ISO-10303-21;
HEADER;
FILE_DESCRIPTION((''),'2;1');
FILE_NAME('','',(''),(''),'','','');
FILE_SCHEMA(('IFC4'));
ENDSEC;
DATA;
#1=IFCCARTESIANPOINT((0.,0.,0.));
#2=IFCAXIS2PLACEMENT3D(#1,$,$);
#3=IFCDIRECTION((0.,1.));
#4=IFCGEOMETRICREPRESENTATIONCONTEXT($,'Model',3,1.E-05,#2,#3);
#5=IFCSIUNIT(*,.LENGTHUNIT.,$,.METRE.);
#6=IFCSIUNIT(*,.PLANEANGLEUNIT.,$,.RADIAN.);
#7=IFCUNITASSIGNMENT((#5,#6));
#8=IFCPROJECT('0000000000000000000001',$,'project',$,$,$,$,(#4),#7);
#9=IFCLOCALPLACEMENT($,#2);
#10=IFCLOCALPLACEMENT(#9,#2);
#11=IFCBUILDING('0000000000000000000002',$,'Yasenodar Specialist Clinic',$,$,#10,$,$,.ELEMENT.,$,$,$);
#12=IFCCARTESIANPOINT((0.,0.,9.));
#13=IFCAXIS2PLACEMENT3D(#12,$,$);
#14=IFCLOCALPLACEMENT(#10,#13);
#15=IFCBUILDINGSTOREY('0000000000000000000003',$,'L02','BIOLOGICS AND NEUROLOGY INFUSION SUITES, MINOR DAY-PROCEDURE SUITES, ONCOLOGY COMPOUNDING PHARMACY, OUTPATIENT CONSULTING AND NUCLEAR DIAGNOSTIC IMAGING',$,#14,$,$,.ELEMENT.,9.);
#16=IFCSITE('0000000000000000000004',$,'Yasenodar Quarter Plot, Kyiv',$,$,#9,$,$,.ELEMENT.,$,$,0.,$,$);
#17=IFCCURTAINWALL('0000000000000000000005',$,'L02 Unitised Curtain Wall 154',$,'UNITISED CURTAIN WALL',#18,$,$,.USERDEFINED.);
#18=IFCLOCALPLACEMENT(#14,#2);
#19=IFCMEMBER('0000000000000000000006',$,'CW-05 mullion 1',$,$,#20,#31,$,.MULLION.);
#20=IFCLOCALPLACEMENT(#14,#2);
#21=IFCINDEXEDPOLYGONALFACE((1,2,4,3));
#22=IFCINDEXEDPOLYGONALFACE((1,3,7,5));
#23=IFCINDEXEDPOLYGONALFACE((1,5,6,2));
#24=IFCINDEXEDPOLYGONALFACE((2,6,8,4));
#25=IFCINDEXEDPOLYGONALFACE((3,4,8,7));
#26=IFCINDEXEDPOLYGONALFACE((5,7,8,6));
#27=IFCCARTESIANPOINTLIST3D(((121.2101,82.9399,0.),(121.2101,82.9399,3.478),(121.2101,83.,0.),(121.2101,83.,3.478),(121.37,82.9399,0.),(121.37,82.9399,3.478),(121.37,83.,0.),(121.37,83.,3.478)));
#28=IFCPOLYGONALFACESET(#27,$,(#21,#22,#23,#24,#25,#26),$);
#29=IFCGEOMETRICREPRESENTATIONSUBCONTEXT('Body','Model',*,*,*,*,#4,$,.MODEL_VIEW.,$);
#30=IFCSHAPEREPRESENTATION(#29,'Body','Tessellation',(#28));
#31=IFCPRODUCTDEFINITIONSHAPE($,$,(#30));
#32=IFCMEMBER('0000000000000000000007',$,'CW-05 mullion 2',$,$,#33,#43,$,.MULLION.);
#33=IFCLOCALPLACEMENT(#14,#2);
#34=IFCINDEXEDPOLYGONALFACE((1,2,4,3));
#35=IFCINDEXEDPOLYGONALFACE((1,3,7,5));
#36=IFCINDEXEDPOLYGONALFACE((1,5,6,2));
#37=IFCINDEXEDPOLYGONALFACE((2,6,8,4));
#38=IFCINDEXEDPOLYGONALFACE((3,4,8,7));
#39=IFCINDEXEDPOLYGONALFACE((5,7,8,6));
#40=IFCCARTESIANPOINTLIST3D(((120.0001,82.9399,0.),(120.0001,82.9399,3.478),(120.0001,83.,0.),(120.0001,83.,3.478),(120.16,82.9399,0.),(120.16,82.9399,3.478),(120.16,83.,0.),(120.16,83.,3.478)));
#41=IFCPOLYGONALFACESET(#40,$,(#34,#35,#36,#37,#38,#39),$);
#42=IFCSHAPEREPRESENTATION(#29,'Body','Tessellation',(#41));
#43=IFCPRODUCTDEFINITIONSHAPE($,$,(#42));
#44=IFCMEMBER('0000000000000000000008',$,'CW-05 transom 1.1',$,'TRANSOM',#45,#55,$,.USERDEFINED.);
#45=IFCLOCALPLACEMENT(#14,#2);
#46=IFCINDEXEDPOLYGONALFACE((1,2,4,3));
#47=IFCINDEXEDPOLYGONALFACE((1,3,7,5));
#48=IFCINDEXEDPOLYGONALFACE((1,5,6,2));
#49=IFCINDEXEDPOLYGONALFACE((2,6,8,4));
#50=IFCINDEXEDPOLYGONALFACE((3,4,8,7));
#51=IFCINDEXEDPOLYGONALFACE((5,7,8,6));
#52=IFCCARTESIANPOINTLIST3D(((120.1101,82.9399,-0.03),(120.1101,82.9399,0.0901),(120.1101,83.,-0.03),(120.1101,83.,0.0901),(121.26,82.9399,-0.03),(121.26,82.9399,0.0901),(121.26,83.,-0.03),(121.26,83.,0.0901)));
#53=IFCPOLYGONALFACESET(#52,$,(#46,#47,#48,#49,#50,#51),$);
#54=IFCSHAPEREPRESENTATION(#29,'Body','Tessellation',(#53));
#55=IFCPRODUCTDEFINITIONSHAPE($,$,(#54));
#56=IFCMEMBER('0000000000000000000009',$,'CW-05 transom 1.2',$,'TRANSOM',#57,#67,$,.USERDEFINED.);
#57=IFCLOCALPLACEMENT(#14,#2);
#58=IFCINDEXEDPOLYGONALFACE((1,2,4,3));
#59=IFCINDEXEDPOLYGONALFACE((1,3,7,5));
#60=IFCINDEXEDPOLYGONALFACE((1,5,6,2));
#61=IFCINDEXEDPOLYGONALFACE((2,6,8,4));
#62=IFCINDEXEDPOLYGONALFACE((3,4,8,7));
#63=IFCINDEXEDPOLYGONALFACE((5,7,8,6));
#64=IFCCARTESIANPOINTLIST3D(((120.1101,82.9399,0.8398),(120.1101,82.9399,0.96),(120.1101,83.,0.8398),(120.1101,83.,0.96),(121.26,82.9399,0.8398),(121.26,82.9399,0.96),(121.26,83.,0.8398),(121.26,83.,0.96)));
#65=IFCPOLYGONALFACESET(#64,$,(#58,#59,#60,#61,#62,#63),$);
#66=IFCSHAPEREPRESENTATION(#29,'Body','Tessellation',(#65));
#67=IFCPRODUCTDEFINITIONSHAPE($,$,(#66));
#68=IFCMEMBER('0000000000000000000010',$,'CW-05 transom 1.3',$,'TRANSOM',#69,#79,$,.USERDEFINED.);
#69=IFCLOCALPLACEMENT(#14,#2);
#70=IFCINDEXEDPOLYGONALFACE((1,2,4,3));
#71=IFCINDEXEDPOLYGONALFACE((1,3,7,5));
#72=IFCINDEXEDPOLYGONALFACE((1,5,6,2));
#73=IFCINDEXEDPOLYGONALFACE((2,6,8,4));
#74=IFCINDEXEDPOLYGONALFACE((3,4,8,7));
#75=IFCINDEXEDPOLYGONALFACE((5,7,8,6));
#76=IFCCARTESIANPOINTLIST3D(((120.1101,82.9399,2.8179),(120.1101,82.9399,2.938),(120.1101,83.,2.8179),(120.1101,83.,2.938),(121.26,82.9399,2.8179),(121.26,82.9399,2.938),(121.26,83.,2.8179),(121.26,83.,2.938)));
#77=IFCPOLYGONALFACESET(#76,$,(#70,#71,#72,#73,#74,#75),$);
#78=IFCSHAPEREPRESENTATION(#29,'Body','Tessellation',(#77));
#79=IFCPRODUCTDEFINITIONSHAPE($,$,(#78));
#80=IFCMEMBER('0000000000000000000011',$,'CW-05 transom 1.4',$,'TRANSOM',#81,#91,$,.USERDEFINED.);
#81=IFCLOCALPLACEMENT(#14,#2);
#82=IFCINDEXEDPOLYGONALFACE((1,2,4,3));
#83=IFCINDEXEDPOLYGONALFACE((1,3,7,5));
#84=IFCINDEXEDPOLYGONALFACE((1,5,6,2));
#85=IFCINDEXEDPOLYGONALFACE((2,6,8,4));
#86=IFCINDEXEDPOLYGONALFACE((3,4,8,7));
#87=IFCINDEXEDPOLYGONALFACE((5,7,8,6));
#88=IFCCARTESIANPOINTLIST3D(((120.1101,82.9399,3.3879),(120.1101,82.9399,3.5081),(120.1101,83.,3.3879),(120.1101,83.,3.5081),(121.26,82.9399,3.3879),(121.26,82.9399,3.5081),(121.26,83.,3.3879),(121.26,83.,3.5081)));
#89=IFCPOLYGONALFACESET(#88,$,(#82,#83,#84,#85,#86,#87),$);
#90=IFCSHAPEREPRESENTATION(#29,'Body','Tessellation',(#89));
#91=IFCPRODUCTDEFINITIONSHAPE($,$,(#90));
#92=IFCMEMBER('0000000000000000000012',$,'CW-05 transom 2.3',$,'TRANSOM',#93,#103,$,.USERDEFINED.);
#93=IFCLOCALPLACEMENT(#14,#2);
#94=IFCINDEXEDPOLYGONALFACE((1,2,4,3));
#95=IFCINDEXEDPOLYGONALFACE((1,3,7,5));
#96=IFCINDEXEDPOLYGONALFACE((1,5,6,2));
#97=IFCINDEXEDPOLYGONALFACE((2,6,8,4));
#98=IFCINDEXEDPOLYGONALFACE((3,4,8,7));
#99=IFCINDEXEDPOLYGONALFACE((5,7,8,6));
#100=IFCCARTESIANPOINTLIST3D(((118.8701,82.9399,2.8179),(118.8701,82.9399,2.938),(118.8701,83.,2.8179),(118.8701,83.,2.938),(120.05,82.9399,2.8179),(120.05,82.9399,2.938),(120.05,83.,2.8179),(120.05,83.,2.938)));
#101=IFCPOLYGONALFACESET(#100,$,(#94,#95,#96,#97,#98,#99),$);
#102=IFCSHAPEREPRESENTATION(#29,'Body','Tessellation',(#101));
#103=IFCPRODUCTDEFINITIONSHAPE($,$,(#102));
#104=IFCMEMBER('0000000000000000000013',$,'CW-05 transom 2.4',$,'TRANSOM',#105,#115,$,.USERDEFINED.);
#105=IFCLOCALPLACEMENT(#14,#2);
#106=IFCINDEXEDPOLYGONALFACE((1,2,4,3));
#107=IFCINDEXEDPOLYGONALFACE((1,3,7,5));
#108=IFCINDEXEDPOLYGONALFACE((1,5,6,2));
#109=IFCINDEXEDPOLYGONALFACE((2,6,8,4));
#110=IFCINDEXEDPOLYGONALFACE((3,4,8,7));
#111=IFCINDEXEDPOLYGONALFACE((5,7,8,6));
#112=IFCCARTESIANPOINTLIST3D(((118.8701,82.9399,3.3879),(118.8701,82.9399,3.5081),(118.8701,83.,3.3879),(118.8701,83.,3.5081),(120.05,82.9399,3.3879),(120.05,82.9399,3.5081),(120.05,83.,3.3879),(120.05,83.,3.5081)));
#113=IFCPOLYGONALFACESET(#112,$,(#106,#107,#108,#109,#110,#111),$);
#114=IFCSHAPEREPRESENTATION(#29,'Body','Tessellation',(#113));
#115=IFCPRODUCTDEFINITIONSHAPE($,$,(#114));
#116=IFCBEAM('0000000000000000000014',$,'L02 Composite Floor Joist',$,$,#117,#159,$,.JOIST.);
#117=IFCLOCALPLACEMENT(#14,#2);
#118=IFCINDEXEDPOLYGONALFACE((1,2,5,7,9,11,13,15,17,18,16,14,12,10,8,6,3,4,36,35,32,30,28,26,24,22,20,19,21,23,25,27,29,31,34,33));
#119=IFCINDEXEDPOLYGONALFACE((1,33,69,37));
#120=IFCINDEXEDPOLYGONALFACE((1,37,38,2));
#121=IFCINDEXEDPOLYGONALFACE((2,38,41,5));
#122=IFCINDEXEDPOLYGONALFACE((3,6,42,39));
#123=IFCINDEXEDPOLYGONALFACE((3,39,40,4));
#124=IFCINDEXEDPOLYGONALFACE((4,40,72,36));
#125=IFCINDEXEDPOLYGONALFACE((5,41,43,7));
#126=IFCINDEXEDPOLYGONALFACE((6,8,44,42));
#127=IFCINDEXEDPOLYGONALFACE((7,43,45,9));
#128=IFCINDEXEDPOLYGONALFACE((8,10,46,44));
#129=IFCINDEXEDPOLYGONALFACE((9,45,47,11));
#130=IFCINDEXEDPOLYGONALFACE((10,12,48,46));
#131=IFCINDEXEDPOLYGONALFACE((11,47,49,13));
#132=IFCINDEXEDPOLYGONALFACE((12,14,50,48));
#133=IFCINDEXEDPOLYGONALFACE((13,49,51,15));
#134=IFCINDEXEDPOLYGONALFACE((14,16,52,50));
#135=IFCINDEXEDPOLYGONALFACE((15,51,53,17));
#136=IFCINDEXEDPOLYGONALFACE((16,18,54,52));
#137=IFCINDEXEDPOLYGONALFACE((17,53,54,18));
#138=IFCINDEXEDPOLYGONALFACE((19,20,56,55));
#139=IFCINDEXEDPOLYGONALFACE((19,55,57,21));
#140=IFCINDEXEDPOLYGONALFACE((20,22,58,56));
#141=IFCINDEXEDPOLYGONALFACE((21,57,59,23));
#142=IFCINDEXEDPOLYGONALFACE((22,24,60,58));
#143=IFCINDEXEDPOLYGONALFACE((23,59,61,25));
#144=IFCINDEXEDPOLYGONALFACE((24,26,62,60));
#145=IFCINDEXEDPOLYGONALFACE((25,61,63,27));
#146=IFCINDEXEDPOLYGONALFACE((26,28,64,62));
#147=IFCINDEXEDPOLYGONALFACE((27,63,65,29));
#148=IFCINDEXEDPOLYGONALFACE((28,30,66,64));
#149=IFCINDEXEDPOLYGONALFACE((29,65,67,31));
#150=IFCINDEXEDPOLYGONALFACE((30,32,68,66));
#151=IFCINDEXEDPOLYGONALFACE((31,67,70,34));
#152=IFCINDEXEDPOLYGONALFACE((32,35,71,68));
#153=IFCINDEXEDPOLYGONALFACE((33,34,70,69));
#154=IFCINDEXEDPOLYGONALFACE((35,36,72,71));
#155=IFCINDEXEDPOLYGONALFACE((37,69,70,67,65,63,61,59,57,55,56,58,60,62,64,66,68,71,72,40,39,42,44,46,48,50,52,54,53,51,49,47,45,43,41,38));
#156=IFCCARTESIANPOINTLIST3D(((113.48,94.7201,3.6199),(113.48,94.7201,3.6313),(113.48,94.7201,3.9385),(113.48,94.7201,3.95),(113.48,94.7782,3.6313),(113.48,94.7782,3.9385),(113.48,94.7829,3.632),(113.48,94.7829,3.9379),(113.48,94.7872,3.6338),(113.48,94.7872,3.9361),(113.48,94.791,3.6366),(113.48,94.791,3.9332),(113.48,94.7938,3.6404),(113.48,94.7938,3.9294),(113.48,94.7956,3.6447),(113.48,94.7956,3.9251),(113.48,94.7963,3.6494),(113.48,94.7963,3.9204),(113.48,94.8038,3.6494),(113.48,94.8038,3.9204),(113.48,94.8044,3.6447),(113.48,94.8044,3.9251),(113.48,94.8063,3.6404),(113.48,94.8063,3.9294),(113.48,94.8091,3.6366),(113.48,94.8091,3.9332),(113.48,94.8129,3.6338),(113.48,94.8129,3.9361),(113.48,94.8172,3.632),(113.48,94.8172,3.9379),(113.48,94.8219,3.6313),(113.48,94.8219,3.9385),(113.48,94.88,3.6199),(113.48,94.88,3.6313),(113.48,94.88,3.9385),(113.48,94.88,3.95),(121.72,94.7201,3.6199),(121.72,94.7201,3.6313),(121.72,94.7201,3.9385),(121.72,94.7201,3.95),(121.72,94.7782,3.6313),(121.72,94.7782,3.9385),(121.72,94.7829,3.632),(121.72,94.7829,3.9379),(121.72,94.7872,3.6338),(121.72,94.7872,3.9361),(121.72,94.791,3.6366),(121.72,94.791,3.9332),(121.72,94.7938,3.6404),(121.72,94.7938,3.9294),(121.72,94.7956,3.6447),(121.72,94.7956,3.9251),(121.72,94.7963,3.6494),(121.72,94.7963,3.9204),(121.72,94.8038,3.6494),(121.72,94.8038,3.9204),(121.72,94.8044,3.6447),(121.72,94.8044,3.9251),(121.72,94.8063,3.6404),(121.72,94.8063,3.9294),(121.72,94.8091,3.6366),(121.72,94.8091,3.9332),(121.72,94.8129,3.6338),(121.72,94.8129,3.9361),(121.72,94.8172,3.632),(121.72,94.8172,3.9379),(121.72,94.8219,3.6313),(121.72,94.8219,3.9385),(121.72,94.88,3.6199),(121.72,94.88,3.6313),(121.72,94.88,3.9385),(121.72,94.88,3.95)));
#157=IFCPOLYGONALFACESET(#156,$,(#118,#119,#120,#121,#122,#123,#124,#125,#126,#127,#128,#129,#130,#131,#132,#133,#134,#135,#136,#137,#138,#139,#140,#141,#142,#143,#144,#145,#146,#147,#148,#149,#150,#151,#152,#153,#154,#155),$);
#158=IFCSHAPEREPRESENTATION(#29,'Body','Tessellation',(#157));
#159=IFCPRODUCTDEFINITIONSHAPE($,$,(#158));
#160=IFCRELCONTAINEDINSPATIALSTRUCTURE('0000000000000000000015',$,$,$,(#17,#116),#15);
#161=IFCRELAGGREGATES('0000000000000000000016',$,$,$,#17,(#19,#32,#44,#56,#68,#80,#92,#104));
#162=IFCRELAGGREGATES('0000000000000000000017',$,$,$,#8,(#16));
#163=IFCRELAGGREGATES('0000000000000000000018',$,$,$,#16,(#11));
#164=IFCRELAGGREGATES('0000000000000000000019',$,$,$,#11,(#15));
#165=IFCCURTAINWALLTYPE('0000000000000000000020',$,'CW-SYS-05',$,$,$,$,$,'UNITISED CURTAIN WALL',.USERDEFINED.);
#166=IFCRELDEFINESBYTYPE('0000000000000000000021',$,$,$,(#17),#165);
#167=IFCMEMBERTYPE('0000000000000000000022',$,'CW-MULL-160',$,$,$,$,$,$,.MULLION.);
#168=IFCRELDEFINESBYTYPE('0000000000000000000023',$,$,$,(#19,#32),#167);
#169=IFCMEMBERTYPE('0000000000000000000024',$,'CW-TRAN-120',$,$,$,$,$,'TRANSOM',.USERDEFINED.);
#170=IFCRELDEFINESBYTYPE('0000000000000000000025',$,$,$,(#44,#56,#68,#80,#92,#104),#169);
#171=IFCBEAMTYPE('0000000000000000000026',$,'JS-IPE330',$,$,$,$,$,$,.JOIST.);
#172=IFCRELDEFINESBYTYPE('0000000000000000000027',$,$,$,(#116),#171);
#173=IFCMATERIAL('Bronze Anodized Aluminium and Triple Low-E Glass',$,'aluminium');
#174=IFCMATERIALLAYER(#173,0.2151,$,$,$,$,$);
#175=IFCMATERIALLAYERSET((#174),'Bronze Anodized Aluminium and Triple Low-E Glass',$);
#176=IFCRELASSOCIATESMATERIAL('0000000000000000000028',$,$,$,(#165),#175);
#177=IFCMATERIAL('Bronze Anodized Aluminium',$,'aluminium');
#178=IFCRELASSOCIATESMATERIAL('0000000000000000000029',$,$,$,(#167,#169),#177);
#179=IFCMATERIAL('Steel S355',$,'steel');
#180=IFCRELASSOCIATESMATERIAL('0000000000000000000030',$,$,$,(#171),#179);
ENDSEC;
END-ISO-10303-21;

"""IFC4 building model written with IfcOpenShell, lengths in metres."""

from ifc_helpers import new_model, si_unit, direction, frame, origin, origin_2d, place, context, subcontext, project, spatial, rectangle, i_section, extrude, material, layer, layer_set, material_profile, profile_set, type_object, element, aggregate, save


model = new_model("IFC4")

# Units and contexts
model_context = context("Model", 3, precision=1e-05, world=origin(), true_north=direction((0.0, 1.0)))
body_context = subcontext(model_context, "Body", "Model", "MODEL_VIEW")
ifc_project = project(units=[si_unit("LENGTHUNIT", "METRE"), si_unit("PLANEANGLEUNIT", "RADIAN")], contexts=[model_context])

# Site, building, storey
site_placement = place(None, origin())
site = spatial("IfcSite", under=ifc_project, at=site_placement, Name="Yasenodar Quarter Plot, Kyiv", CompositionType="ELEMENT", RefElevation=0.0)
building_placement = place(site_placement, origin())
building = spatial("IfcBuilding", under=site, at=building_placement, Name="Yasenodar Specialist Clinic", CompositionType="ELEMENT")
storey_placement = place(building_placement, frame((0.0, 0.0, 9.0)))
storey = spatial("IfcBuildingStorey", under=building, at=storey_placement, Name="L02", Description="BIOLOGICS AND NEUROLOGY INFUSION SUITES, MINOR DAY-PROCEDURE SUITES, ONCOLOGY COMPOUNDING PHARMACY, OUTPATIENT CONSULTING AND NUCLEAR DIAGNOSTIC IMAGING", CompositionType="ELEMENT", Elevation=9.0)

# Shared definitions
ifc_material_1 = material(Name="Steel S355", Category="steel")

# Curtain wall, members
ifc_material_2 = material(Name="Bronze Anodized Aluminium and Triple Low-E Glass", Category="aluminium")
ifc_layer_1 = layer(ifc_material_2, 0.2151)
ifc_layer_set_1 = layer_set([ifc_layer_1], Name="Bronze Anodized Aluminium and Triple Low-E Glass")
curtain_wall_type = type_object("IfcCurtainWallType", Name="CW-SYS-05", ElementType="UNITISED CURTAIN WALL", PredefinedType="USERDEFINED", material=ifc_layer_set_1)
curtain_wall_placement = place(storey_placement, origin())
curtain_wall = element("IfcCurtainWall", 1, at=curtain_wall_placement, inside=storey, type_object=curtain_wall_type, Name="L02 Unitised Curtain Wall 154", ObjectType="UNITISED CURTAIN WALL", PredefinedType="USERDEFINED")
ifc_material_3 = material(Name="Bronze Anodized Aluminium", Category="aluminium")
ifc_material_profile_1 = material_profile(ifc_material_3, rectangle(XDim=0.0601, YDim=0.1599, at=origin_2d()), Name="CW-MULL 60x160")
ifc_profile_set_1 = profile_set([ifc_material_profile_1], Name="Bronze Anodized Aluminium")
member_type_1 = type_object("IfcMemberType", Name="CW-MULL-160", PredefinedType="MULLION", material=ifc_profile_set_1)
member_1_placement = place(storey_placement, frame((121.29, 82.97, 0.0), z_axis=(0.0, 0.0, 1.0), x_axis=(0.0, -1.0, 0.0)))
member_1 = element("IfcMember", 2, at=member_1_placement, type_object=member_type_1, Name="CW-05 mullion 1", PredefinedType="MULLION", context=body_context, shape_type="SweptSolid", body=[
    extrude(rectangle(XDim=0.0601, YDim=0.1599, at=origin_2d()), origin(), (0.0, 0.0, 1.0), 3.478),
])
member_2_placement = place(storey_placement, frame((120.0801, 82.97, 0.0), z_axis=(0.0, 0.0, 1.0), x_axis=(0.0, -1.0, 0.0)))
member_2 = element("IfcMember", 3, at=member_2_placement, type_object=member_type_1, Name="CW-05 mullion 2", PredefinedType="MULLION", context=body_context, shape_type="SweptSolid", body=[
    extrude(rectangle(XDim=0.0601, YDim=0.1599, at=origin_2d()), origin(), (0.0, 0.0, 1.0), 3.478),
])
ifc_material_profile_2 = material_profile(ifc_material_3, rectangle(XDim=0.0601, YDim=0.1201, at=origin_2d()), Name="CW-TRAN 60x120")
ifc_profile_set_2 = profile_set([ifc_material_profile_2], Name="Bronze Anodized Aluminium")
member_type_2 = type_object("IfcMemberType", Name="CW-TRAN-120", ElementType="TRANSOM", PredefinedType="USERDEFINED", material=ifc_profile_set_2)
member_3_placement = place(storey_placement, frame((121.26, 82.97, 0.03), z_axis=(-1.0, 0.0, 0.0), x_axis=(0.0, -1.0, 0.0)))
member_3 = element("IfcMember", 4, at=member_3_placement, type_object=member_type_2, Name="CW-05 transom 1.1", ObjectType="TRANSOM", PredefinedType="USERDEFINED", context=body_context, shape_type="SweptSolid", body=[
    extrude(rectangle(XDim=0.0601, YDim=0.1201, at=origin_2d()), origin(), (0.0, 0.0, 1.0), 1.1499),
])
member_4_placement = place(storey_placement, frame((121.26, 82.97, 0.8999), z_axis=(-1.0, 0.0, 0.0), x_axis=(0.0, -1.0, 0.0)))
member_4 = element("IfcMember", 5, at=member_4_placement, type_object=member_type_2, Name="CW-05 transom 1.2", ObjectType="TRANSOM", PredefinedType="USERDEFINED", context=body_context, shape_type="SweptSolid", body=[
    extrude(rectangle(XDim=0.0601, YDim=0.1201, at=origin_2d()), origin(), (0.0, 0.0, 1.0), 1.1499),
])
member_5_placement = place(storey_placement, frame((121.26, 82.97, 2.8779), z_axis=(-1.0, 0.0, 0.0), x_axis=(0.0, -1.0, 0.0)))
member_5 = element("IfcMember", 6, at=member_5_placement, type_object=member_type_2, Name="CW-05 transom 1.3", ObjectType="TRANSOM", PredefinedType="USERDEFINED", context=body_context, shape_type="SweptSolid", body=[
    extrude(rectangle(XDim=0.0601, YDim=0.1201, at=origin_2d()), origin(), (0.0, 0.0, 1.0), 1.1499),
])
member_6_placement = place(storey_placement, frame((121.26, 82.97, 3.448), z_axis=(-1.0, 0.0, 0.0), x_axis=(0.0, -1.0, 0.0)))
member_6 = element("IfcMember", 7, at=member_6_placement, type_object=member_type_2, Name="CW-05 transom 1.4", ObjectType="TRANSOM", PredefinedType="USERDEFINED", context=body_context, shape_type="SweptSolid", body=[
    extrude(rectangle(XDim=0.0601, YDim=0.1201, at=origin_2d()), origin(), (0.0, 0.0, 1.0), 1.1499),
])
member_7_placement = place(storey_placement, frame((120.05, 82.97, 2.8779), z_axis=(-1.0, 0.0, 0.0), x_axis=(0.0, -1.0, 0.0)))
member_7 = element("IfcMember", 8, at=member_7_placement, type_object=member_type_2, Name="CW-05 transom 2.3", ObjectType="TRANSOM", PredefinedType="USERDEFINED", context=body_context, shape_type="SweptSolid", body=[
    extrude(rectangle(XDim=0.0601, YDim=0.1201, at=origin_2d()), origin(), (0.0, 0.0, 1.0), 1.1799),
])
member_8_placement = place(storey_placement, frame((120.05, 82.97, 3.448), z_axis=(-1.0, 0.0, 0.0), x_axis=(0.0, -1.0, 0.0)))
member_8 = element("IfcMember", 9, at=member_8_placement, type_object=member_type_2, Name="CW-05 transom 2.4", ObjectType="TRANSOM", PredefinedType="USERDEFINED", context=body_context, shape_type="SweptSolid", body=[
    extrude(rectangle(XDim=0.0601, YDim=0.1201, at=origin_2d()), origin(), (0.0, 0.0, 1.0), 1.1799),
])

# Beam
ifc_material_profile_3 = material_profile(ifc_material_1, i_section(OverallWidth=0.1599, OverallDepth=0.3301, WebThickness=0.0076, FlangeThickness=0.0115, FilletRadius=0.0181, at=origin_2d()), Name="IPE 330")
ifc_profile_set_3 = profile_set([ifc_material_profile_3], Name="Steel S355")
beam_type_1 = type_object("IfcBeamType", Name="JS-IPE330", PredefinedType="JOIST", material=ifc_profile_set_3)
for number, where, z_axis, x_axis, name in (
    (10, (113.48, 94.8, 3.7849), (1.0, 0.0, 0.0), (0.0, 1.0, 0.0), "L02 Composite Floor Joist"),
):
    element("IfcBeam", number, at=place(storey_placement, frame(where, z_axis=z_axis, x_axis=x_axis)), inside=storey, type_object=beam_type_1, Name=name, PredefinedType="JOIST", context=body_context, shape_type="SweptSolid", body=[
        extrude(i_section(OverallWidth=0.1599, OverallDepth=0.3301, WebThickness=0.0076, FlangeThickness=0.0115, FilletRadius=0.0181, at=origin_2d()), origin(), (0.0, 0.0, 1.0), 8.24),
    ])

aggregate(curtain_wall, [member_1, member_2, member_3, member_4, member_5, member_6, member_7, member_8])

save(model, "model.ifc")
